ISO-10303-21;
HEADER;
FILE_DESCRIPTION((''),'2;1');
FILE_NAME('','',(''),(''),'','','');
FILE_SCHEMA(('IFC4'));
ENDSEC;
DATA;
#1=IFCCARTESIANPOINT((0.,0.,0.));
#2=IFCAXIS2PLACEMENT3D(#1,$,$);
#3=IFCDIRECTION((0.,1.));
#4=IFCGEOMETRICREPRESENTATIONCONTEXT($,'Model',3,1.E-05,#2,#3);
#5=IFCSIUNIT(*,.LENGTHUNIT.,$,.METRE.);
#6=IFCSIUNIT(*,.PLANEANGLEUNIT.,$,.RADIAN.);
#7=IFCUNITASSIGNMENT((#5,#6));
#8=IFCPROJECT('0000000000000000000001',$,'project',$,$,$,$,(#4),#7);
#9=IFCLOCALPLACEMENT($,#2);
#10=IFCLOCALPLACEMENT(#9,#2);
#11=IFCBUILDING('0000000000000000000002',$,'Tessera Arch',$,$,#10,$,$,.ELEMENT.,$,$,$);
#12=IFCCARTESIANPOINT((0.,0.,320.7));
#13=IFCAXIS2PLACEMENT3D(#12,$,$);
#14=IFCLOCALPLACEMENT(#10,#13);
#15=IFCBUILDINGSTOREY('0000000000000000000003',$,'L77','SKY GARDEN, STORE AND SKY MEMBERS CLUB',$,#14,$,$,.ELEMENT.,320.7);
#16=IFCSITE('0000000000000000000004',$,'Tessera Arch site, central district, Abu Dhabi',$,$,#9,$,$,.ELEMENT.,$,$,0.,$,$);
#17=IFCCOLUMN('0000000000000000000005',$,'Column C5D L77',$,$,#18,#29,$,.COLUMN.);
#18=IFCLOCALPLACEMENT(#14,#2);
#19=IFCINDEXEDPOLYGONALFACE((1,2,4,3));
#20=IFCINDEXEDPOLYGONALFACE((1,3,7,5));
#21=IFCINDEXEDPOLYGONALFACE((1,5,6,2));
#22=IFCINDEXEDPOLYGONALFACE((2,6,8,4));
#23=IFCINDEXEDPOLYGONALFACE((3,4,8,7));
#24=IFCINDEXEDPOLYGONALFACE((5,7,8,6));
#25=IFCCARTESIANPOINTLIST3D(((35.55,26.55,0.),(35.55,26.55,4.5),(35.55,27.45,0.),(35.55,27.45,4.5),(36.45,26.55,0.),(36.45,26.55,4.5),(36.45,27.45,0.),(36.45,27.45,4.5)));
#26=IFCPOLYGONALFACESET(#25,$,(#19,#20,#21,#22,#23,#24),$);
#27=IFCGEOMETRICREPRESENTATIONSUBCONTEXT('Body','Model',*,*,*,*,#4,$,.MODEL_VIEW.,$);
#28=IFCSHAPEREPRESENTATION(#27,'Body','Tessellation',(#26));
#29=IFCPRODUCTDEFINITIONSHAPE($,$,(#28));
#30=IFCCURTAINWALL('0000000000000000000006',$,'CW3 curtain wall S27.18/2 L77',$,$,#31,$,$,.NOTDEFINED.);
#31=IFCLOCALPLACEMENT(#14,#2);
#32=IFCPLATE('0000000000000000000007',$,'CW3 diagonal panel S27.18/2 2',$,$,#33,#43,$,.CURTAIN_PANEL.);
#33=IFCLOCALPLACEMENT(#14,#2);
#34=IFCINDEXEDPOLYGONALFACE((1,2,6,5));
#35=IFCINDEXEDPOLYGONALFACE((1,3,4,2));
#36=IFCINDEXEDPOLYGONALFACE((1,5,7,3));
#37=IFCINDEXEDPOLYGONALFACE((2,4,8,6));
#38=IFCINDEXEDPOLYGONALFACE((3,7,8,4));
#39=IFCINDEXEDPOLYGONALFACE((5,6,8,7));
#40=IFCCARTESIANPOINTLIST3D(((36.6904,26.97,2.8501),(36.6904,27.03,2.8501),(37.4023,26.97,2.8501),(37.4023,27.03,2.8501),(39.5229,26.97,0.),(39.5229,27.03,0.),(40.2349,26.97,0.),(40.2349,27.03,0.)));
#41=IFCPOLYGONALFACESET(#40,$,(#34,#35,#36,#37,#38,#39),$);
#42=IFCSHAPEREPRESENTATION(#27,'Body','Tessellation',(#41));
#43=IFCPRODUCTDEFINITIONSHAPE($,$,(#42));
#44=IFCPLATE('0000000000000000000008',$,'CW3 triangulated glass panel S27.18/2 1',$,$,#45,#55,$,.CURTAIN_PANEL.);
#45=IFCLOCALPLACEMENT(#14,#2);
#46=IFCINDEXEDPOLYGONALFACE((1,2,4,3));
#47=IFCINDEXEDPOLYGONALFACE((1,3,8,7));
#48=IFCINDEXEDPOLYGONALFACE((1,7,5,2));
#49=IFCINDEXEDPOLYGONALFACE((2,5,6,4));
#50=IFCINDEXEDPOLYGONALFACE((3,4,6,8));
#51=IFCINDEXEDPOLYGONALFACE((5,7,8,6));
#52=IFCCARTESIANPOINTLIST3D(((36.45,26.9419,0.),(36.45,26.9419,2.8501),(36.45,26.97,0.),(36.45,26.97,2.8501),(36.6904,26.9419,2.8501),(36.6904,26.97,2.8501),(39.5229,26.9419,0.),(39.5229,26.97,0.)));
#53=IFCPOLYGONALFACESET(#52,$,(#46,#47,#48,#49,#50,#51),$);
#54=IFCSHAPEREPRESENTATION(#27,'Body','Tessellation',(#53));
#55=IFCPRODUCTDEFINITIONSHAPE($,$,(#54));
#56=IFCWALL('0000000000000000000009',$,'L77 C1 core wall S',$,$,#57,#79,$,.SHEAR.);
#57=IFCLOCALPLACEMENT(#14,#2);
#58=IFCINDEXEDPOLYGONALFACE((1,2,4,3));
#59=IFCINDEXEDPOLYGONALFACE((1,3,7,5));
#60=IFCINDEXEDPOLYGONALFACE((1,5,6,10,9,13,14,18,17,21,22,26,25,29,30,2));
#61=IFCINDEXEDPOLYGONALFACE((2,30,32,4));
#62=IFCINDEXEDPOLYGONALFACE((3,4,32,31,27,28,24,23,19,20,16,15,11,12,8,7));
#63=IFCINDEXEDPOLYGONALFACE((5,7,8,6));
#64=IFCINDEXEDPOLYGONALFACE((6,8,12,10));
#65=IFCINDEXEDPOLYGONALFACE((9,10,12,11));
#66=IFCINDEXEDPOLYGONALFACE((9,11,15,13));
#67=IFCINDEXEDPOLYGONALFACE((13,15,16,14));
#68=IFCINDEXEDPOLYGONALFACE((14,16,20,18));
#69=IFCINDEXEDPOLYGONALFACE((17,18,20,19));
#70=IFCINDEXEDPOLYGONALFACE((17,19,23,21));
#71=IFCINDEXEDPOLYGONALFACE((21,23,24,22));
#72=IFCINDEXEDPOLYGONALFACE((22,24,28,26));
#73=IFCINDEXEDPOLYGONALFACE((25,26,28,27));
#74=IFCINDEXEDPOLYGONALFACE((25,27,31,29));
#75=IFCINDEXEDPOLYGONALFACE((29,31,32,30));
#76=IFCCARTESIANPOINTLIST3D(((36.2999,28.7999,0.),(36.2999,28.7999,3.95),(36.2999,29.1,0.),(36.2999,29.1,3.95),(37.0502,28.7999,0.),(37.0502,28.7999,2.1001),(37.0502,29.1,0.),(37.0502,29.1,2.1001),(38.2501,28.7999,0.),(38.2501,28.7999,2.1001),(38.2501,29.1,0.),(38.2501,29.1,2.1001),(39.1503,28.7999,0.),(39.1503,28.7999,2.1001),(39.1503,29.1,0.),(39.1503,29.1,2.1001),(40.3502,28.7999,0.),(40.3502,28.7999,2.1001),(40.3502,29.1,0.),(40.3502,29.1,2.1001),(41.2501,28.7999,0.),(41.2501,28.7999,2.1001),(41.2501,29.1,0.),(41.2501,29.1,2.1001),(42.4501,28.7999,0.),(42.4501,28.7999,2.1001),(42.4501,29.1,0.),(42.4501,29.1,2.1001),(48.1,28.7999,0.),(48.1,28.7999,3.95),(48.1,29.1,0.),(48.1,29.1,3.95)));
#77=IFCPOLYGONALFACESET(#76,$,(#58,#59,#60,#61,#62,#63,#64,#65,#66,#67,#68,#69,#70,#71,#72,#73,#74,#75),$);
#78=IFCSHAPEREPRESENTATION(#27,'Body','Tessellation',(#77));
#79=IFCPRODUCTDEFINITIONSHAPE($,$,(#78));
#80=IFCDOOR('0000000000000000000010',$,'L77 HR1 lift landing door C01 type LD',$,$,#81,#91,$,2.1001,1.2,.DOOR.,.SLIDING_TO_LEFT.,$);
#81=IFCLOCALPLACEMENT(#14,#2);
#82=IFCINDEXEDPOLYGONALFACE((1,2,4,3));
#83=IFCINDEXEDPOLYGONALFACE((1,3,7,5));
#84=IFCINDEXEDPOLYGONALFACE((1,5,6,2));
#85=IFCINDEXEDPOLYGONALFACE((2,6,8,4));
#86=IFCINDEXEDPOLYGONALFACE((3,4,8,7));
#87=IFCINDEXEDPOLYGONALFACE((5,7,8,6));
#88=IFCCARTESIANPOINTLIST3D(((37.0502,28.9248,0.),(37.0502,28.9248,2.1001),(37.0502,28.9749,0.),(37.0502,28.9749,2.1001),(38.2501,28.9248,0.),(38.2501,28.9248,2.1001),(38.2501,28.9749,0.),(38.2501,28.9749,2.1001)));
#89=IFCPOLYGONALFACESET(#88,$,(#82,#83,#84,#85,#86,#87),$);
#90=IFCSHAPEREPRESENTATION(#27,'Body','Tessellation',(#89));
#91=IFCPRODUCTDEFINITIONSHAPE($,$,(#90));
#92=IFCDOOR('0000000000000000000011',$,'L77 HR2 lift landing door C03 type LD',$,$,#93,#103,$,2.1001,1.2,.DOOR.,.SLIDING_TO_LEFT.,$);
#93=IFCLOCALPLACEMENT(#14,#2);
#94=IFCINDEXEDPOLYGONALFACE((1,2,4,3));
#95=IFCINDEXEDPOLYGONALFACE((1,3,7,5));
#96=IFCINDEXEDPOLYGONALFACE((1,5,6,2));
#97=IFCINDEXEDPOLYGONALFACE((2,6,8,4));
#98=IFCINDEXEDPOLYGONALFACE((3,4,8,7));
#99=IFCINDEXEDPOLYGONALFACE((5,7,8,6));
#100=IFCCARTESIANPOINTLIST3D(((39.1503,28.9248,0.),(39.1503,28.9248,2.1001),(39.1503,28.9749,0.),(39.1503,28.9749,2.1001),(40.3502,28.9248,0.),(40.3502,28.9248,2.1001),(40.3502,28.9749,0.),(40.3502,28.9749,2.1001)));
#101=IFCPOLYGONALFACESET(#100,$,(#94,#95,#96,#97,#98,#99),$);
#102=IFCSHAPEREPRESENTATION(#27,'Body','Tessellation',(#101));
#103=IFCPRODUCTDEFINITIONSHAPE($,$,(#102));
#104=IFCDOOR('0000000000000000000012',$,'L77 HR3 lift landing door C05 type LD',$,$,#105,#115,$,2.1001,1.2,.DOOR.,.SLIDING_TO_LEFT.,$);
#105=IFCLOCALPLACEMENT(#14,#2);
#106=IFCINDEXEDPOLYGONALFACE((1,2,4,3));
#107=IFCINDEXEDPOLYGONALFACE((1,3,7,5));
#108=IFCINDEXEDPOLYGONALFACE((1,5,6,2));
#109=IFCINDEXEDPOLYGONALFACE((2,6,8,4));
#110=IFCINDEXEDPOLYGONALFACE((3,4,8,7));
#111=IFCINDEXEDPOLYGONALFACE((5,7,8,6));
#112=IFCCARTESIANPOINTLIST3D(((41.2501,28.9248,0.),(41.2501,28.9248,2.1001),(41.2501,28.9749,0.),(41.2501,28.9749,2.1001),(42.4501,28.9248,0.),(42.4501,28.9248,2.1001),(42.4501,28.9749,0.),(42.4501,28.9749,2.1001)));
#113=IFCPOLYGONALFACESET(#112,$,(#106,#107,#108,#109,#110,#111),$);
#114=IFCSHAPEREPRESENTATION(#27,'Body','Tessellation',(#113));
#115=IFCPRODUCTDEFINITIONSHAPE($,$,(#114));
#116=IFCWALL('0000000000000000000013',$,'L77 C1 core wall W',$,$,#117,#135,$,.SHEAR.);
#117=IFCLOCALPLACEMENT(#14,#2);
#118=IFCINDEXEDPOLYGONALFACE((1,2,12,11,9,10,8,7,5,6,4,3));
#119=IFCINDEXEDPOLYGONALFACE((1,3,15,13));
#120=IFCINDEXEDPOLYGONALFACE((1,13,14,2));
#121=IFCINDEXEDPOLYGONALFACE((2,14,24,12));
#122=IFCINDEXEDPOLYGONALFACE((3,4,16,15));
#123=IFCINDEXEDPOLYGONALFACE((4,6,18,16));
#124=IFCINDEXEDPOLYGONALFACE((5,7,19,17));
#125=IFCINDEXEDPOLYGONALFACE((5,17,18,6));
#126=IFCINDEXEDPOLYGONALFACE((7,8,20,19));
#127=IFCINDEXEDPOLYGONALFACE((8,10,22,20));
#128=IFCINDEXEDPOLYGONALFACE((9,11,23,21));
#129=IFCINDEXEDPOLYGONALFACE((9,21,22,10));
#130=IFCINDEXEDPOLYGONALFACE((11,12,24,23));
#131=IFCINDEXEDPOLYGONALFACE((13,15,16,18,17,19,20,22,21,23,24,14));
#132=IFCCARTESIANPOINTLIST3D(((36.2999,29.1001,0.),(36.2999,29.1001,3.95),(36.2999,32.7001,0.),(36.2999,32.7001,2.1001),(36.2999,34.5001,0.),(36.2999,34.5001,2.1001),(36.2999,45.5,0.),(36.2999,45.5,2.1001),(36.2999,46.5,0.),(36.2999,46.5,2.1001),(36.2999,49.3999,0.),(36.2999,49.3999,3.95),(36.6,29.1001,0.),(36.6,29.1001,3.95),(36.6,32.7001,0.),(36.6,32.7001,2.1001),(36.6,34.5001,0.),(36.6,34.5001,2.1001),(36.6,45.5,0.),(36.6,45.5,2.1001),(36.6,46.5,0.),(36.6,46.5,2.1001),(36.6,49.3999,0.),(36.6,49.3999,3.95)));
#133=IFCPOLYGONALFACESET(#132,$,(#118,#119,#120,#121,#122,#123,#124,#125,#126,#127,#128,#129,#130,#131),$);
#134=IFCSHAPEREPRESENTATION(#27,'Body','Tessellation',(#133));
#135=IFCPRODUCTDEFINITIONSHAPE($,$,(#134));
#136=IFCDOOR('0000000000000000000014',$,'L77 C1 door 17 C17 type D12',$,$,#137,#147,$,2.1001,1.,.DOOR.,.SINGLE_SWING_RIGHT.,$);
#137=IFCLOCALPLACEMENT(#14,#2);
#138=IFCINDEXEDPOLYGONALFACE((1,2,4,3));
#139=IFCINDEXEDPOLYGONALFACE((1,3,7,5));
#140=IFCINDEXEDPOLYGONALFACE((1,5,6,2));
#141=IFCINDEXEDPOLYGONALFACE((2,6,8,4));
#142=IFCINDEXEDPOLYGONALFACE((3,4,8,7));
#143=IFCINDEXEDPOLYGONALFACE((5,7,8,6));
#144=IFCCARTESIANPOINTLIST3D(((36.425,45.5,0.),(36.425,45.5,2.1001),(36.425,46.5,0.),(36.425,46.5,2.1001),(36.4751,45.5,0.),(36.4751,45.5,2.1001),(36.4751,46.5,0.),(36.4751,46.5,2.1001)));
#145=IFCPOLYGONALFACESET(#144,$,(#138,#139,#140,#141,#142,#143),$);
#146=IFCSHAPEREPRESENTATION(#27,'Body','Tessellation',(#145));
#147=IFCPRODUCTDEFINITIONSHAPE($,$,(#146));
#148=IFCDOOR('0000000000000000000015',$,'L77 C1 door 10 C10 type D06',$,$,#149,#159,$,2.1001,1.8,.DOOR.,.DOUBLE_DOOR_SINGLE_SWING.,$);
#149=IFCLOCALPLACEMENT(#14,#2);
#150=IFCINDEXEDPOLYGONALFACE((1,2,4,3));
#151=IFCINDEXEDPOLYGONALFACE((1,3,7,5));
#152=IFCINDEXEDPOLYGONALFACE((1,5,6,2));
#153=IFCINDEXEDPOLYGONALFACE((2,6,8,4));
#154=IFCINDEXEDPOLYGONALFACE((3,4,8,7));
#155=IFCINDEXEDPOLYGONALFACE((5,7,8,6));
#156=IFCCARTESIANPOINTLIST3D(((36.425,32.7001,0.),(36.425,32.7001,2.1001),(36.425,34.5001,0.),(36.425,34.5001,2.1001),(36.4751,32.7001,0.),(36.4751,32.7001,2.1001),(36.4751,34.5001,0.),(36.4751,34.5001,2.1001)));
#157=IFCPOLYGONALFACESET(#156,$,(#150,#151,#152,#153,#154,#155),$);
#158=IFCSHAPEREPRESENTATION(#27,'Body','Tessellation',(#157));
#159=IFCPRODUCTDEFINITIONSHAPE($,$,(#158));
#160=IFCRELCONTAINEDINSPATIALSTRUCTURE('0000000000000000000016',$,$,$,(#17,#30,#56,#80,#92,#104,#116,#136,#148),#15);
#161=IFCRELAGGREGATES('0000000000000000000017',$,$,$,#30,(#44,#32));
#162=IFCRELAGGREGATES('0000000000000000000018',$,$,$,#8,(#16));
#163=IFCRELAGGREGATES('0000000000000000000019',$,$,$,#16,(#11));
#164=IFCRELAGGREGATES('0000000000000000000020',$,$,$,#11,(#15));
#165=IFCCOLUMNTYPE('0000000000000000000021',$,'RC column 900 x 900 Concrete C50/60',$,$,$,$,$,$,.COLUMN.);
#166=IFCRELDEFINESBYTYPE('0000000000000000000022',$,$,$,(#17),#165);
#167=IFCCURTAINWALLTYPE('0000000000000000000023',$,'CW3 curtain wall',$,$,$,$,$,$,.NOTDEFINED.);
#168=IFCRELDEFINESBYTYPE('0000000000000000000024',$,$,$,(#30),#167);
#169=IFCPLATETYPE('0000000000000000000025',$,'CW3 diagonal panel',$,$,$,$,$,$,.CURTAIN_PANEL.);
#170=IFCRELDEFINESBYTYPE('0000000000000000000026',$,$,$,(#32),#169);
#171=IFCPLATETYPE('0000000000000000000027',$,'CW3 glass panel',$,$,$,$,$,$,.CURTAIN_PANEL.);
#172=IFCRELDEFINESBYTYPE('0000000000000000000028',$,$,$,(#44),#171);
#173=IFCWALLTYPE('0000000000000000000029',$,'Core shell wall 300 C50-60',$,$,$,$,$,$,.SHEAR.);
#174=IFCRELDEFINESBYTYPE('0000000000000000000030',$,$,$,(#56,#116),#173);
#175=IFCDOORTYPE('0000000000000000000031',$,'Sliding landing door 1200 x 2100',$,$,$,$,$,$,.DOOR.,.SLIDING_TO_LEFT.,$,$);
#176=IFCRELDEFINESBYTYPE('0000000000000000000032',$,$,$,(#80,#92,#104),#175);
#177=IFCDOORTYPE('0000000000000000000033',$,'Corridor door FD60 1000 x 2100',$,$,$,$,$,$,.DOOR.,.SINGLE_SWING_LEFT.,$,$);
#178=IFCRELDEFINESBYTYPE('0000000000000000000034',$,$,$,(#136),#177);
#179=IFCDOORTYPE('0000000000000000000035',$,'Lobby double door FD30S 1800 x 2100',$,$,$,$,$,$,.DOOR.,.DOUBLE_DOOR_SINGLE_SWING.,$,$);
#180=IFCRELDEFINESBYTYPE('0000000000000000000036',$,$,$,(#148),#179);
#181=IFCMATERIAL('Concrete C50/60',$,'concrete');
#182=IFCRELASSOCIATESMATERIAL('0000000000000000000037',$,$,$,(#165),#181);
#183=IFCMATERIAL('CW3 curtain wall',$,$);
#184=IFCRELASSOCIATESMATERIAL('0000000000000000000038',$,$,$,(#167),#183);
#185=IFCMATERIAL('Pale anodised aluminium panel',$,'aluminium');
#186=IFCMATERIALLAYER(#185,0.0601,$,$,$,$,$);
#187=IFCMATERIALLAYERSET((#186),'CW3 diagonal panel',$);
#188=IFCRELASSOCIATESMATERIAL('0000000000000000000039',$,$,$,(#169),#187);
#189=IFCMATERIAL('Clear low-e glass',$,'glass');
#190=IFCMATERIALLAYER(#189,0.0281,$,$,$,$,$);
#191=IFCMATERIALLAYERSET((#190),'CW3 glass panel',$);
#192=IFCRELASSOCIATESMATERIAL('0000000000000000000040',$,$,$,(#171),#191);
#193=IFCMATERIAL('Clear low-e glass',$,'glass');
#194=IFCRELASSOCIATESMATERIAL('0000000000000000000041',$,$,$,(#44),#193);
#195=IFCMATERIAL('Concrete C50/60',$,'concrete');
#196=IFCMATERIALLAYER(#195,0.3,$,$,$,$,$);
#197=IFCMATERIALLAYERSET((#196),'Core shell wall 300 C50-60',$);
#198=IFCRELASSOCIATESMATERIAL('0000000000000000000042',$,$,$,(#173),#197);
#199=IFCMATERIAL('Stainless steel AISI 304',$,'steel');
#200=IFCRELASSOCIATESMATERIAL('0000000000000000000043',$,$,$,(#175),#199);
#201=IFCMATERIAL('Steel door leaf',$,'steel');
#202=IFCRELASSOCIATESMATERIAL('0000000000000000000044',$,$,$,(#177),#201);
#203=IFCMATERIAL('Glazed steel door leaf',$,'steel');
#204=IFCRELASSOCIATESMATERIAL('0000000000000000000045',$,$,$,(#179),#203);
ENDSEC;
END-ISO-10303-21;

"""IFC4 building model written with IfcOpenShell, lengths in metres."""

from ifc_helpers import new_model, si_unit, direction, frame, frame_2d, origin, origin_2d, place, context, subcontext, project, spatial, polyline, rectangle, outline, extrude, material, layer, layer_set, material_profile, profile_set, type_object, element, fill, aggregate, save


model = new_model("IFC4")

# Units and contexts
model_context = context("Model", 3, precision=1e-05, world=origin(), true_north=direction((0.0, 1.0)))
body_context = subcontext(model_context, "Body", "Model", "MODEL_VIEW")
ifc_project = project(units=[si_unit("LENGTHUNIT", "METRE"), si_unit("PLANEANGLEUNIT", "RADIAN")], contexts=[model_context])

# Site, building, storey
site_placement = place(None, origin())
site = spatial("IfcSite", under=ifc_project, at=site_placement, Name="Tessera Arch site, central district, Abu Dhabi", CompositionType="ELEMENT", RefElevation=0.0)
building_placement = place(site_placement, origin())
building = spatial("IfcBuilding", under=site, at=building_placement, Name="Tessera Arch", CompositionType="ELEMENT")
storey_placement = place(building_placement, frame((0.0, 0.0, 320.7)))
storey = spatial("IfcBuildingStorey", under=building, at=storey_placement, Name="L77", Description="SKY GARDEN, STORE AND SKY MEMBERS CLUB", CompositionType="ELEMENT", Elevation=320.7)

# Column
ifc_material_1 = material(Name="Concrete C50/60", Category="concrete")
ifc_material_profile = material_profile(ifc_material_1, rectangle(XDim=0.8999, YDim=0.8999, at=origin_2d()), Name="RC column 900 x 900 Concrete C50/60")
ifc_profile_set = profile_set([ifc_material_profile], Name="Concrete C50/60")
column_type = type_object("IfcColumnType", Name="RC column 900 x 900 Concrete C50/60", PredefinedType="COLUMN", material=ifc_profile_set)
column_placement = place(storey_placement, frame((36.0, 27.0, 0.0), z_axis=(0.0, 0.0, 1.0), x_axis=(1.0, 0.0, 0.0)))
element("IfcColumn", 1, at=column_placement, inside=storey, type_object=column_type, Name="Column C5D L77", PredefinedType="COLUMN", context=body_context, shape_type="SweptSolid", body=[
    extrude(rectangle(XDim=0.8999, YDim=0.8999, at=origin_2d()), origin(), (0.0, 0.0, 1.0), 4.5),
])

# Curtain wall, plates
ifc_material_2 = material(Name="CW3 curtain wall")
curtain_wall_type = type_object("IfcCurtainWallType", Name="CW3 curtain wall", PredefinedType="NOTDEFINED", material=ifc_material_2)
curtain_wall_placement = place(storey_placement, origin())
curtain_wall = element("IfcCurtainWall", 2, at=curtain_wall_placement, inside=storey, type_object=curtain_wall_type, Name="CW3 curtain wall S27.18/2 L77", PredefinedType="NOTDEFINED")
ifc_material_3 = material(Name="Pale anodised aluminium panel", Category="aluminium")
ifc_layer_1 = layer(ifc_material_3, 0.0601)
ifc_layer_set_1 = layer_set([ifc_layer_1], Name="CW3 diagonal panel")
plate_type_1 = type_object("IfcPlateType", Name="CW3 diagonal panel", PredefinedType="CURTAIN_PANEL", material=ifc_layer_set_1)
plate_1_placement = place(storey_placement, frame((37.4023, 26.97, 2.8501), z_axis=(0.0, -1.0, 0.0), x_axis=(-1.0, 0.0, 0.0)))
plate_1 = element("IfcPlate", 3, at=plate_1_placement, type_object=plate_type_1, Name="CW3 diagonal panel S27.18/2 2", PredefinedType="CURTAIN_PANEL", context=body_context, shape_type="SweptSolid", body=[
    extrude(outline(polyline([(0.0, 0.0), (0.7119, 0.0), (-2.1206, 2.8501), (-2.8325, 2.8501), (0.0, 0.0)])), origin(), (0.0, 0.0, -1.0), 0.0601),
])
ifc_material_4 = material(Name="Clear low-e glass", Category="glass")
ifc_material_5 = material(Name="Clear low-e glass", Category="glass")
ifc_layer_2 = layer(ifc_material_5, 0.0281)
ifc_layer_set_2 = layer_set([ifc_layer_2], Name="CW3 glass panel")
plate_type_2 = type_object("IfcPlateType", Name="CW3 glass panel", PredefinedType="CURTAIN_PANEL", material=ifc_layer_set_2)
plate_2_placement = place(storey_placement, frame((36.45, 26.9419, 0.0), z_axis=(0.0, -1.0, 0.0), x_axis=(1.0, 0.0, 0.0)))
plate_2 = element("IfcPlate", 4, at=plate_2_placement, type_object=plate_type_2, material=ifc_material_4, Name="CW3 triangulated glass panel S27.18/2 1", PredefinedType="CURTAIN_PANEL", context=body_context, shape_type="SweptSolid", body=[
    extrude(outline(polyline([(0.0, 0.0), (3.073, 0.0), (0.2405, 2.8501), (0.0, 2.8501), (0.0, 0.0)])), origin(), (0.0, 0.0, -1.0), 0.0281),
])
aggregate(curtain_wall, [plate_2, plate_1])

# Walls, openings, doors
ifc_material_6 = material(Name="Concrete C50/60", Category="concrete")
ifc_layer_3 = layer(ifc_material_6, 0.3)
ifc_layer_set_3 = layer_set([ifc_layer_3], Name="Core shell wall 300 C50-60")
wall_type_1 = type_object("IfcWallType", Name="Core shell wall 300 C50-60", PredefinedType="SHEAR", material=ifc_layer_set_3)
wall_1_placement = place(storey_placement, frame((36.3, 28.95, 0.0), z_axis=(0.0, 0.0, 1.0), x_axis=(1.0, 0.0, 0.0)))
wall_1 = element("IfcWall", 5, at=wall_1_placement, inside=storey, type_object=wall_type_1, Name="L77 C1 core wall S", PredefinedType="SHEAR", context=body_context, shape_type="SweptSolid", body=[
    extrude(rectangle(XDim=11.8, YDim=0.3, at=frame_2d((5.8999, 0.0))), origin(), (0.0, 0.0, 1.0), 3.95),
])
opening_1_placement = place(wall_1_placement, frame((0.75, 0.0, 0.0)))
opening_1 = element("IfcOpeningElement", 6, at=opening_1_placement, cuts=wall_1, PredefinedType="OPENING", context=body_context, shape_type="SweptSolid", body=[
    extrude(rectangle(XDim=1.2, YDim=2.1001, at=frame_2d((0.6001, 1.05))), frame((0.0, 0.1599, 0.0), z_axis=(0.0, -1.0, 0.0), x_axis=(1.0, 0.0, 0.0)), (0.0, 0.0, 1.0), 0.3201),
])
opening_2_placement = place(wall_1_placement, frame((2.8501, 0.0, 0.0)))
opening_2 = element("IfcOpeningElement", 7, at=opening_2_placement, cuts=wall_1, PredefinedType="OPENING", context=body_context, shape_type="SweptSolid", body=[
    extrude(rectangle(XDim=1.2, YDim=2.1001, at=frame_2d((0.6001, 1.05))), frame((0.0, 0.1599, 0.0), z_axis=(0.0, -1.0, 0.0), x_axis=(1.0, 0.0, 0.0)), (0.0, 0.0, 1.0), 0.3201),
])
opening_3_placement = place(wall_1_placement, frame((4.95, 0.0, 0.0)))
opening_3 = element("IfcOpeningElement", 8, at=opening_3_placement, cuts=wall_1, PredefinedType="OPENING", context=body_context, shape_type="SweptSolid", body=[
    extrude(rectangle(XDim=1.2, YDim=2.1001, at=frame_2d((0.6001, 1.05))), frame((0.0, 0.1599, 0.0), z_axis=(0.0, -1.0, 0.0), x_axis=(1.0, 0.0, 0.0)), (0.0, 0.0, 1.0), 0.3201),
])
ifc_material_7 = material(Name="Stainless steel AISI 304", Category="steel")
door_type_1 = type_object("IfcDoorType", Name="Sliding landing door 1200 x 2100", OperationType="SLIDING_TO_LEFT", PredefinedType="DOOR", material=ifc_material_7)
door_1_placement = place(opening_1_placement, origin())
door_1 = element("IfcDoor", 9, at=door_1_placement, inside=storey, type_object=door_type_1, Name="L77 HR1 lift landing door C01 type LD", OperationType="SLIDING_TO_LEFT", OverallHeight=2.1001, OverallWidth=1.2, PredefinedType="DOOR", context=body_context, shape_type="SweptSolid", body=[
    extrude(rectangle(XDim=1.2, YDim=2.1001, at=frame_2d((0.6001, 1.05))), frame((0.0, 0.0249, 0.0), z_axis=(0.0, -1.0, 0.0), x_axis=(1.0, 0.0, 0.0)), (0.0, 0.0, 1.0), 0.05),
])
fill(opening_1, door_1)
door_2_placement = place(opening_2_placement, origin())
door_2 = element("IfcDoor", 10, at=door_2_placement, inside=storey, type_object=door_type_1, Name="L77 HR2 lift landing door C03 type LD", OperationType="SLIDING_TO_LEFT", OverallHeight=2.1001, OverallWidth=1.2, PredefinedType="DOOR", context=body_context, shape_type="SweptSolid", body=[
    extrude(rectangle(XDim=1.2, YDim=2.1001, at=frame_2d((0.6001, 1.05))), frame((0.0, 0.0249, 0.0), z_axis=(0.0, -1.0, 0.0), x_axis=(1.0, 0.0, 0.0)), (0.0, 0.0, 1.0), 0.05),
])
fill(opening_2, door_2)
door_3_placement = place(opening_3_placement, origin())
door_3 = element("IfcDoor", 11, at=door_3_placement, inside=storey, type_object=door_type_1, Name="L77 HR3 lift landing door C05 type LD", OperationType="SLIDING_TO_LEFT", OverallHeight=2.1001, OverallWidth=1.2, PredefinedType="DOOR", context=body_context, shape_type="SweptSolid", body=[
    extrude(rectangle(XDim=1.2, YDim=2.1001, at=frame_2d((0.6001, 1.05))), frame((0.0, 0.0249, 0.0), z_axis=(0.0, -1.0, 0.0), x_axis=(1.0, 0.0, 0.0)), (0.0, 0.0, 1.0), 0.05),
])
fill(opening_3, door_3)
wall_2_placement = place(storey_placement, frame((36.45, 29.1001, 0.0), z_axis=(0.0, 0.0, 1.0), x_axis=(0.0, 1.0, 0.0)))
wall_2 = element("IfcWall", 12, at=wall_2_placement, inside=storey, type_object=wall_type_1, Name="L77 C1 core wall W", PredefinedType="SHEAR", context=body_context, shape_type="SweptSolid", body=[
    extrude(rectangle(XDim=20.2998, YDim=0.3, at=frame_2d((10.1499, 0.0))), origin(), (0.0, 0.0, 1.0), 3.95),
])
opening_4_placement = place(wall_2_placement, frame((3.6001, 0.0, 0.0)))
opening_4 = element("IfcOpeningElement", 13, at=opening_4_placement, cuts=wall_2, PredefinedType="OPENING", context=body_context, shape_type="SweptSolid", body=[
    extrude(rectangle(XDim=1.8, YDim=2.1001, at=frame_2d((0.8999, 1.05))), frame((0.0, 0.1599, 0.0), z_axis=(0.0, -1.0, 0.0), x_axis=(1.0, 0.0, 0.0)), (0.0, 0.0, 1.0), 0.3201),
])
opening_5_placement = place(wall_2_placement, frame((16.3999, 0.0, 0.0)))
opening_5 = element("IfcOpeningElement", 14, at=opening_5_placement, cuts=wall_2, PredefinedType="OPENING", context=body_context, shape_type="SweptSolid", body=[
    extrude(rectangle(XDim=1.0, YDim=2.1001, at=frame_2d((0.5, 1.05))), frame((0.0, 0.1599, 0.0), z_axis=(0.0, -1.0, 0.0), x_axis=(1.0, 0.0, 0.0)), (0.0, 0.0, 1.0), 0.3201),
])
ifc_material_8 = material(Name="Steel door leaf", Category="steel")
door_type_2 = type_object("IfcDoorType", Name="Corridor door FD60 1000 x 2100", OperationType="SINGLE_SWING_LEFT", PredefinedType="DOOR", material=ifc_material_8)
door_4_placement = place(opening_5_placement, origin())
door_4 = element("IfcDoor", 15, at=door_4_placement, inside=storey, type_object=door_type_2, Name="L77 C1 door 17 C17 type D12", OperationType="SINGLE_SWING_RIGHT", OverallHeight=2.1001, OverallWidth=1.0, PredefinedType="DOOR", context=body_context, shape_type="SweptSolid", body=[
    extrude(rectangle(XDim=1.0, YDim=2.1001, at=frame_2d((0.5, 1.05))), frame((0.0, 0.0249, 0.0), z_axis=(0.0, -1.0, 0.0), x_axis=(1.0, 0.0, 0.0)), (0.0, 0.0, 1.0), 0.05),
])
fill(opening_5, door_4)
ifc_material_9 = material(Name="Glazed steel door leaf", Category="steel")
door_type_3 = type_object("IfcDoorType", Name="Lobby double door FD30S 1800 x 2100", OperationType="DOUBLE_DOOR_SINGLE_SWING", PredefinedType="DOOR", material=ifc_material_9)
door_5_placement = place(opening_4_placement, origin())
door_5 = element("IfcDoor", 16, at=door_5_placement, inside=storey, type_object=door_type_3, Name="L77 C1 door 10 C10 type D06", OperationType="DOUBLE_DOOR_SINGLE_SWING", OverallHeight=2.1001, OverallWidth=1.8, PredefinedType="DOOR", context=body_context, shape_type="SweptSolid", body=[
    extrude(rectangle(XDim=1.8, YDim=2.1001, at=frame_2d((0.8999, 1.05))), frame((0.0, 0.0249, 0.0), z_axis=(0.0, -1.0, 0.0), x_axis=(1.0, 0.0, 0.0)), (0.0, 0.0, 1.0), 0.05),
])
fill(opening_4, door_5)

save(model, "model.ifc")
